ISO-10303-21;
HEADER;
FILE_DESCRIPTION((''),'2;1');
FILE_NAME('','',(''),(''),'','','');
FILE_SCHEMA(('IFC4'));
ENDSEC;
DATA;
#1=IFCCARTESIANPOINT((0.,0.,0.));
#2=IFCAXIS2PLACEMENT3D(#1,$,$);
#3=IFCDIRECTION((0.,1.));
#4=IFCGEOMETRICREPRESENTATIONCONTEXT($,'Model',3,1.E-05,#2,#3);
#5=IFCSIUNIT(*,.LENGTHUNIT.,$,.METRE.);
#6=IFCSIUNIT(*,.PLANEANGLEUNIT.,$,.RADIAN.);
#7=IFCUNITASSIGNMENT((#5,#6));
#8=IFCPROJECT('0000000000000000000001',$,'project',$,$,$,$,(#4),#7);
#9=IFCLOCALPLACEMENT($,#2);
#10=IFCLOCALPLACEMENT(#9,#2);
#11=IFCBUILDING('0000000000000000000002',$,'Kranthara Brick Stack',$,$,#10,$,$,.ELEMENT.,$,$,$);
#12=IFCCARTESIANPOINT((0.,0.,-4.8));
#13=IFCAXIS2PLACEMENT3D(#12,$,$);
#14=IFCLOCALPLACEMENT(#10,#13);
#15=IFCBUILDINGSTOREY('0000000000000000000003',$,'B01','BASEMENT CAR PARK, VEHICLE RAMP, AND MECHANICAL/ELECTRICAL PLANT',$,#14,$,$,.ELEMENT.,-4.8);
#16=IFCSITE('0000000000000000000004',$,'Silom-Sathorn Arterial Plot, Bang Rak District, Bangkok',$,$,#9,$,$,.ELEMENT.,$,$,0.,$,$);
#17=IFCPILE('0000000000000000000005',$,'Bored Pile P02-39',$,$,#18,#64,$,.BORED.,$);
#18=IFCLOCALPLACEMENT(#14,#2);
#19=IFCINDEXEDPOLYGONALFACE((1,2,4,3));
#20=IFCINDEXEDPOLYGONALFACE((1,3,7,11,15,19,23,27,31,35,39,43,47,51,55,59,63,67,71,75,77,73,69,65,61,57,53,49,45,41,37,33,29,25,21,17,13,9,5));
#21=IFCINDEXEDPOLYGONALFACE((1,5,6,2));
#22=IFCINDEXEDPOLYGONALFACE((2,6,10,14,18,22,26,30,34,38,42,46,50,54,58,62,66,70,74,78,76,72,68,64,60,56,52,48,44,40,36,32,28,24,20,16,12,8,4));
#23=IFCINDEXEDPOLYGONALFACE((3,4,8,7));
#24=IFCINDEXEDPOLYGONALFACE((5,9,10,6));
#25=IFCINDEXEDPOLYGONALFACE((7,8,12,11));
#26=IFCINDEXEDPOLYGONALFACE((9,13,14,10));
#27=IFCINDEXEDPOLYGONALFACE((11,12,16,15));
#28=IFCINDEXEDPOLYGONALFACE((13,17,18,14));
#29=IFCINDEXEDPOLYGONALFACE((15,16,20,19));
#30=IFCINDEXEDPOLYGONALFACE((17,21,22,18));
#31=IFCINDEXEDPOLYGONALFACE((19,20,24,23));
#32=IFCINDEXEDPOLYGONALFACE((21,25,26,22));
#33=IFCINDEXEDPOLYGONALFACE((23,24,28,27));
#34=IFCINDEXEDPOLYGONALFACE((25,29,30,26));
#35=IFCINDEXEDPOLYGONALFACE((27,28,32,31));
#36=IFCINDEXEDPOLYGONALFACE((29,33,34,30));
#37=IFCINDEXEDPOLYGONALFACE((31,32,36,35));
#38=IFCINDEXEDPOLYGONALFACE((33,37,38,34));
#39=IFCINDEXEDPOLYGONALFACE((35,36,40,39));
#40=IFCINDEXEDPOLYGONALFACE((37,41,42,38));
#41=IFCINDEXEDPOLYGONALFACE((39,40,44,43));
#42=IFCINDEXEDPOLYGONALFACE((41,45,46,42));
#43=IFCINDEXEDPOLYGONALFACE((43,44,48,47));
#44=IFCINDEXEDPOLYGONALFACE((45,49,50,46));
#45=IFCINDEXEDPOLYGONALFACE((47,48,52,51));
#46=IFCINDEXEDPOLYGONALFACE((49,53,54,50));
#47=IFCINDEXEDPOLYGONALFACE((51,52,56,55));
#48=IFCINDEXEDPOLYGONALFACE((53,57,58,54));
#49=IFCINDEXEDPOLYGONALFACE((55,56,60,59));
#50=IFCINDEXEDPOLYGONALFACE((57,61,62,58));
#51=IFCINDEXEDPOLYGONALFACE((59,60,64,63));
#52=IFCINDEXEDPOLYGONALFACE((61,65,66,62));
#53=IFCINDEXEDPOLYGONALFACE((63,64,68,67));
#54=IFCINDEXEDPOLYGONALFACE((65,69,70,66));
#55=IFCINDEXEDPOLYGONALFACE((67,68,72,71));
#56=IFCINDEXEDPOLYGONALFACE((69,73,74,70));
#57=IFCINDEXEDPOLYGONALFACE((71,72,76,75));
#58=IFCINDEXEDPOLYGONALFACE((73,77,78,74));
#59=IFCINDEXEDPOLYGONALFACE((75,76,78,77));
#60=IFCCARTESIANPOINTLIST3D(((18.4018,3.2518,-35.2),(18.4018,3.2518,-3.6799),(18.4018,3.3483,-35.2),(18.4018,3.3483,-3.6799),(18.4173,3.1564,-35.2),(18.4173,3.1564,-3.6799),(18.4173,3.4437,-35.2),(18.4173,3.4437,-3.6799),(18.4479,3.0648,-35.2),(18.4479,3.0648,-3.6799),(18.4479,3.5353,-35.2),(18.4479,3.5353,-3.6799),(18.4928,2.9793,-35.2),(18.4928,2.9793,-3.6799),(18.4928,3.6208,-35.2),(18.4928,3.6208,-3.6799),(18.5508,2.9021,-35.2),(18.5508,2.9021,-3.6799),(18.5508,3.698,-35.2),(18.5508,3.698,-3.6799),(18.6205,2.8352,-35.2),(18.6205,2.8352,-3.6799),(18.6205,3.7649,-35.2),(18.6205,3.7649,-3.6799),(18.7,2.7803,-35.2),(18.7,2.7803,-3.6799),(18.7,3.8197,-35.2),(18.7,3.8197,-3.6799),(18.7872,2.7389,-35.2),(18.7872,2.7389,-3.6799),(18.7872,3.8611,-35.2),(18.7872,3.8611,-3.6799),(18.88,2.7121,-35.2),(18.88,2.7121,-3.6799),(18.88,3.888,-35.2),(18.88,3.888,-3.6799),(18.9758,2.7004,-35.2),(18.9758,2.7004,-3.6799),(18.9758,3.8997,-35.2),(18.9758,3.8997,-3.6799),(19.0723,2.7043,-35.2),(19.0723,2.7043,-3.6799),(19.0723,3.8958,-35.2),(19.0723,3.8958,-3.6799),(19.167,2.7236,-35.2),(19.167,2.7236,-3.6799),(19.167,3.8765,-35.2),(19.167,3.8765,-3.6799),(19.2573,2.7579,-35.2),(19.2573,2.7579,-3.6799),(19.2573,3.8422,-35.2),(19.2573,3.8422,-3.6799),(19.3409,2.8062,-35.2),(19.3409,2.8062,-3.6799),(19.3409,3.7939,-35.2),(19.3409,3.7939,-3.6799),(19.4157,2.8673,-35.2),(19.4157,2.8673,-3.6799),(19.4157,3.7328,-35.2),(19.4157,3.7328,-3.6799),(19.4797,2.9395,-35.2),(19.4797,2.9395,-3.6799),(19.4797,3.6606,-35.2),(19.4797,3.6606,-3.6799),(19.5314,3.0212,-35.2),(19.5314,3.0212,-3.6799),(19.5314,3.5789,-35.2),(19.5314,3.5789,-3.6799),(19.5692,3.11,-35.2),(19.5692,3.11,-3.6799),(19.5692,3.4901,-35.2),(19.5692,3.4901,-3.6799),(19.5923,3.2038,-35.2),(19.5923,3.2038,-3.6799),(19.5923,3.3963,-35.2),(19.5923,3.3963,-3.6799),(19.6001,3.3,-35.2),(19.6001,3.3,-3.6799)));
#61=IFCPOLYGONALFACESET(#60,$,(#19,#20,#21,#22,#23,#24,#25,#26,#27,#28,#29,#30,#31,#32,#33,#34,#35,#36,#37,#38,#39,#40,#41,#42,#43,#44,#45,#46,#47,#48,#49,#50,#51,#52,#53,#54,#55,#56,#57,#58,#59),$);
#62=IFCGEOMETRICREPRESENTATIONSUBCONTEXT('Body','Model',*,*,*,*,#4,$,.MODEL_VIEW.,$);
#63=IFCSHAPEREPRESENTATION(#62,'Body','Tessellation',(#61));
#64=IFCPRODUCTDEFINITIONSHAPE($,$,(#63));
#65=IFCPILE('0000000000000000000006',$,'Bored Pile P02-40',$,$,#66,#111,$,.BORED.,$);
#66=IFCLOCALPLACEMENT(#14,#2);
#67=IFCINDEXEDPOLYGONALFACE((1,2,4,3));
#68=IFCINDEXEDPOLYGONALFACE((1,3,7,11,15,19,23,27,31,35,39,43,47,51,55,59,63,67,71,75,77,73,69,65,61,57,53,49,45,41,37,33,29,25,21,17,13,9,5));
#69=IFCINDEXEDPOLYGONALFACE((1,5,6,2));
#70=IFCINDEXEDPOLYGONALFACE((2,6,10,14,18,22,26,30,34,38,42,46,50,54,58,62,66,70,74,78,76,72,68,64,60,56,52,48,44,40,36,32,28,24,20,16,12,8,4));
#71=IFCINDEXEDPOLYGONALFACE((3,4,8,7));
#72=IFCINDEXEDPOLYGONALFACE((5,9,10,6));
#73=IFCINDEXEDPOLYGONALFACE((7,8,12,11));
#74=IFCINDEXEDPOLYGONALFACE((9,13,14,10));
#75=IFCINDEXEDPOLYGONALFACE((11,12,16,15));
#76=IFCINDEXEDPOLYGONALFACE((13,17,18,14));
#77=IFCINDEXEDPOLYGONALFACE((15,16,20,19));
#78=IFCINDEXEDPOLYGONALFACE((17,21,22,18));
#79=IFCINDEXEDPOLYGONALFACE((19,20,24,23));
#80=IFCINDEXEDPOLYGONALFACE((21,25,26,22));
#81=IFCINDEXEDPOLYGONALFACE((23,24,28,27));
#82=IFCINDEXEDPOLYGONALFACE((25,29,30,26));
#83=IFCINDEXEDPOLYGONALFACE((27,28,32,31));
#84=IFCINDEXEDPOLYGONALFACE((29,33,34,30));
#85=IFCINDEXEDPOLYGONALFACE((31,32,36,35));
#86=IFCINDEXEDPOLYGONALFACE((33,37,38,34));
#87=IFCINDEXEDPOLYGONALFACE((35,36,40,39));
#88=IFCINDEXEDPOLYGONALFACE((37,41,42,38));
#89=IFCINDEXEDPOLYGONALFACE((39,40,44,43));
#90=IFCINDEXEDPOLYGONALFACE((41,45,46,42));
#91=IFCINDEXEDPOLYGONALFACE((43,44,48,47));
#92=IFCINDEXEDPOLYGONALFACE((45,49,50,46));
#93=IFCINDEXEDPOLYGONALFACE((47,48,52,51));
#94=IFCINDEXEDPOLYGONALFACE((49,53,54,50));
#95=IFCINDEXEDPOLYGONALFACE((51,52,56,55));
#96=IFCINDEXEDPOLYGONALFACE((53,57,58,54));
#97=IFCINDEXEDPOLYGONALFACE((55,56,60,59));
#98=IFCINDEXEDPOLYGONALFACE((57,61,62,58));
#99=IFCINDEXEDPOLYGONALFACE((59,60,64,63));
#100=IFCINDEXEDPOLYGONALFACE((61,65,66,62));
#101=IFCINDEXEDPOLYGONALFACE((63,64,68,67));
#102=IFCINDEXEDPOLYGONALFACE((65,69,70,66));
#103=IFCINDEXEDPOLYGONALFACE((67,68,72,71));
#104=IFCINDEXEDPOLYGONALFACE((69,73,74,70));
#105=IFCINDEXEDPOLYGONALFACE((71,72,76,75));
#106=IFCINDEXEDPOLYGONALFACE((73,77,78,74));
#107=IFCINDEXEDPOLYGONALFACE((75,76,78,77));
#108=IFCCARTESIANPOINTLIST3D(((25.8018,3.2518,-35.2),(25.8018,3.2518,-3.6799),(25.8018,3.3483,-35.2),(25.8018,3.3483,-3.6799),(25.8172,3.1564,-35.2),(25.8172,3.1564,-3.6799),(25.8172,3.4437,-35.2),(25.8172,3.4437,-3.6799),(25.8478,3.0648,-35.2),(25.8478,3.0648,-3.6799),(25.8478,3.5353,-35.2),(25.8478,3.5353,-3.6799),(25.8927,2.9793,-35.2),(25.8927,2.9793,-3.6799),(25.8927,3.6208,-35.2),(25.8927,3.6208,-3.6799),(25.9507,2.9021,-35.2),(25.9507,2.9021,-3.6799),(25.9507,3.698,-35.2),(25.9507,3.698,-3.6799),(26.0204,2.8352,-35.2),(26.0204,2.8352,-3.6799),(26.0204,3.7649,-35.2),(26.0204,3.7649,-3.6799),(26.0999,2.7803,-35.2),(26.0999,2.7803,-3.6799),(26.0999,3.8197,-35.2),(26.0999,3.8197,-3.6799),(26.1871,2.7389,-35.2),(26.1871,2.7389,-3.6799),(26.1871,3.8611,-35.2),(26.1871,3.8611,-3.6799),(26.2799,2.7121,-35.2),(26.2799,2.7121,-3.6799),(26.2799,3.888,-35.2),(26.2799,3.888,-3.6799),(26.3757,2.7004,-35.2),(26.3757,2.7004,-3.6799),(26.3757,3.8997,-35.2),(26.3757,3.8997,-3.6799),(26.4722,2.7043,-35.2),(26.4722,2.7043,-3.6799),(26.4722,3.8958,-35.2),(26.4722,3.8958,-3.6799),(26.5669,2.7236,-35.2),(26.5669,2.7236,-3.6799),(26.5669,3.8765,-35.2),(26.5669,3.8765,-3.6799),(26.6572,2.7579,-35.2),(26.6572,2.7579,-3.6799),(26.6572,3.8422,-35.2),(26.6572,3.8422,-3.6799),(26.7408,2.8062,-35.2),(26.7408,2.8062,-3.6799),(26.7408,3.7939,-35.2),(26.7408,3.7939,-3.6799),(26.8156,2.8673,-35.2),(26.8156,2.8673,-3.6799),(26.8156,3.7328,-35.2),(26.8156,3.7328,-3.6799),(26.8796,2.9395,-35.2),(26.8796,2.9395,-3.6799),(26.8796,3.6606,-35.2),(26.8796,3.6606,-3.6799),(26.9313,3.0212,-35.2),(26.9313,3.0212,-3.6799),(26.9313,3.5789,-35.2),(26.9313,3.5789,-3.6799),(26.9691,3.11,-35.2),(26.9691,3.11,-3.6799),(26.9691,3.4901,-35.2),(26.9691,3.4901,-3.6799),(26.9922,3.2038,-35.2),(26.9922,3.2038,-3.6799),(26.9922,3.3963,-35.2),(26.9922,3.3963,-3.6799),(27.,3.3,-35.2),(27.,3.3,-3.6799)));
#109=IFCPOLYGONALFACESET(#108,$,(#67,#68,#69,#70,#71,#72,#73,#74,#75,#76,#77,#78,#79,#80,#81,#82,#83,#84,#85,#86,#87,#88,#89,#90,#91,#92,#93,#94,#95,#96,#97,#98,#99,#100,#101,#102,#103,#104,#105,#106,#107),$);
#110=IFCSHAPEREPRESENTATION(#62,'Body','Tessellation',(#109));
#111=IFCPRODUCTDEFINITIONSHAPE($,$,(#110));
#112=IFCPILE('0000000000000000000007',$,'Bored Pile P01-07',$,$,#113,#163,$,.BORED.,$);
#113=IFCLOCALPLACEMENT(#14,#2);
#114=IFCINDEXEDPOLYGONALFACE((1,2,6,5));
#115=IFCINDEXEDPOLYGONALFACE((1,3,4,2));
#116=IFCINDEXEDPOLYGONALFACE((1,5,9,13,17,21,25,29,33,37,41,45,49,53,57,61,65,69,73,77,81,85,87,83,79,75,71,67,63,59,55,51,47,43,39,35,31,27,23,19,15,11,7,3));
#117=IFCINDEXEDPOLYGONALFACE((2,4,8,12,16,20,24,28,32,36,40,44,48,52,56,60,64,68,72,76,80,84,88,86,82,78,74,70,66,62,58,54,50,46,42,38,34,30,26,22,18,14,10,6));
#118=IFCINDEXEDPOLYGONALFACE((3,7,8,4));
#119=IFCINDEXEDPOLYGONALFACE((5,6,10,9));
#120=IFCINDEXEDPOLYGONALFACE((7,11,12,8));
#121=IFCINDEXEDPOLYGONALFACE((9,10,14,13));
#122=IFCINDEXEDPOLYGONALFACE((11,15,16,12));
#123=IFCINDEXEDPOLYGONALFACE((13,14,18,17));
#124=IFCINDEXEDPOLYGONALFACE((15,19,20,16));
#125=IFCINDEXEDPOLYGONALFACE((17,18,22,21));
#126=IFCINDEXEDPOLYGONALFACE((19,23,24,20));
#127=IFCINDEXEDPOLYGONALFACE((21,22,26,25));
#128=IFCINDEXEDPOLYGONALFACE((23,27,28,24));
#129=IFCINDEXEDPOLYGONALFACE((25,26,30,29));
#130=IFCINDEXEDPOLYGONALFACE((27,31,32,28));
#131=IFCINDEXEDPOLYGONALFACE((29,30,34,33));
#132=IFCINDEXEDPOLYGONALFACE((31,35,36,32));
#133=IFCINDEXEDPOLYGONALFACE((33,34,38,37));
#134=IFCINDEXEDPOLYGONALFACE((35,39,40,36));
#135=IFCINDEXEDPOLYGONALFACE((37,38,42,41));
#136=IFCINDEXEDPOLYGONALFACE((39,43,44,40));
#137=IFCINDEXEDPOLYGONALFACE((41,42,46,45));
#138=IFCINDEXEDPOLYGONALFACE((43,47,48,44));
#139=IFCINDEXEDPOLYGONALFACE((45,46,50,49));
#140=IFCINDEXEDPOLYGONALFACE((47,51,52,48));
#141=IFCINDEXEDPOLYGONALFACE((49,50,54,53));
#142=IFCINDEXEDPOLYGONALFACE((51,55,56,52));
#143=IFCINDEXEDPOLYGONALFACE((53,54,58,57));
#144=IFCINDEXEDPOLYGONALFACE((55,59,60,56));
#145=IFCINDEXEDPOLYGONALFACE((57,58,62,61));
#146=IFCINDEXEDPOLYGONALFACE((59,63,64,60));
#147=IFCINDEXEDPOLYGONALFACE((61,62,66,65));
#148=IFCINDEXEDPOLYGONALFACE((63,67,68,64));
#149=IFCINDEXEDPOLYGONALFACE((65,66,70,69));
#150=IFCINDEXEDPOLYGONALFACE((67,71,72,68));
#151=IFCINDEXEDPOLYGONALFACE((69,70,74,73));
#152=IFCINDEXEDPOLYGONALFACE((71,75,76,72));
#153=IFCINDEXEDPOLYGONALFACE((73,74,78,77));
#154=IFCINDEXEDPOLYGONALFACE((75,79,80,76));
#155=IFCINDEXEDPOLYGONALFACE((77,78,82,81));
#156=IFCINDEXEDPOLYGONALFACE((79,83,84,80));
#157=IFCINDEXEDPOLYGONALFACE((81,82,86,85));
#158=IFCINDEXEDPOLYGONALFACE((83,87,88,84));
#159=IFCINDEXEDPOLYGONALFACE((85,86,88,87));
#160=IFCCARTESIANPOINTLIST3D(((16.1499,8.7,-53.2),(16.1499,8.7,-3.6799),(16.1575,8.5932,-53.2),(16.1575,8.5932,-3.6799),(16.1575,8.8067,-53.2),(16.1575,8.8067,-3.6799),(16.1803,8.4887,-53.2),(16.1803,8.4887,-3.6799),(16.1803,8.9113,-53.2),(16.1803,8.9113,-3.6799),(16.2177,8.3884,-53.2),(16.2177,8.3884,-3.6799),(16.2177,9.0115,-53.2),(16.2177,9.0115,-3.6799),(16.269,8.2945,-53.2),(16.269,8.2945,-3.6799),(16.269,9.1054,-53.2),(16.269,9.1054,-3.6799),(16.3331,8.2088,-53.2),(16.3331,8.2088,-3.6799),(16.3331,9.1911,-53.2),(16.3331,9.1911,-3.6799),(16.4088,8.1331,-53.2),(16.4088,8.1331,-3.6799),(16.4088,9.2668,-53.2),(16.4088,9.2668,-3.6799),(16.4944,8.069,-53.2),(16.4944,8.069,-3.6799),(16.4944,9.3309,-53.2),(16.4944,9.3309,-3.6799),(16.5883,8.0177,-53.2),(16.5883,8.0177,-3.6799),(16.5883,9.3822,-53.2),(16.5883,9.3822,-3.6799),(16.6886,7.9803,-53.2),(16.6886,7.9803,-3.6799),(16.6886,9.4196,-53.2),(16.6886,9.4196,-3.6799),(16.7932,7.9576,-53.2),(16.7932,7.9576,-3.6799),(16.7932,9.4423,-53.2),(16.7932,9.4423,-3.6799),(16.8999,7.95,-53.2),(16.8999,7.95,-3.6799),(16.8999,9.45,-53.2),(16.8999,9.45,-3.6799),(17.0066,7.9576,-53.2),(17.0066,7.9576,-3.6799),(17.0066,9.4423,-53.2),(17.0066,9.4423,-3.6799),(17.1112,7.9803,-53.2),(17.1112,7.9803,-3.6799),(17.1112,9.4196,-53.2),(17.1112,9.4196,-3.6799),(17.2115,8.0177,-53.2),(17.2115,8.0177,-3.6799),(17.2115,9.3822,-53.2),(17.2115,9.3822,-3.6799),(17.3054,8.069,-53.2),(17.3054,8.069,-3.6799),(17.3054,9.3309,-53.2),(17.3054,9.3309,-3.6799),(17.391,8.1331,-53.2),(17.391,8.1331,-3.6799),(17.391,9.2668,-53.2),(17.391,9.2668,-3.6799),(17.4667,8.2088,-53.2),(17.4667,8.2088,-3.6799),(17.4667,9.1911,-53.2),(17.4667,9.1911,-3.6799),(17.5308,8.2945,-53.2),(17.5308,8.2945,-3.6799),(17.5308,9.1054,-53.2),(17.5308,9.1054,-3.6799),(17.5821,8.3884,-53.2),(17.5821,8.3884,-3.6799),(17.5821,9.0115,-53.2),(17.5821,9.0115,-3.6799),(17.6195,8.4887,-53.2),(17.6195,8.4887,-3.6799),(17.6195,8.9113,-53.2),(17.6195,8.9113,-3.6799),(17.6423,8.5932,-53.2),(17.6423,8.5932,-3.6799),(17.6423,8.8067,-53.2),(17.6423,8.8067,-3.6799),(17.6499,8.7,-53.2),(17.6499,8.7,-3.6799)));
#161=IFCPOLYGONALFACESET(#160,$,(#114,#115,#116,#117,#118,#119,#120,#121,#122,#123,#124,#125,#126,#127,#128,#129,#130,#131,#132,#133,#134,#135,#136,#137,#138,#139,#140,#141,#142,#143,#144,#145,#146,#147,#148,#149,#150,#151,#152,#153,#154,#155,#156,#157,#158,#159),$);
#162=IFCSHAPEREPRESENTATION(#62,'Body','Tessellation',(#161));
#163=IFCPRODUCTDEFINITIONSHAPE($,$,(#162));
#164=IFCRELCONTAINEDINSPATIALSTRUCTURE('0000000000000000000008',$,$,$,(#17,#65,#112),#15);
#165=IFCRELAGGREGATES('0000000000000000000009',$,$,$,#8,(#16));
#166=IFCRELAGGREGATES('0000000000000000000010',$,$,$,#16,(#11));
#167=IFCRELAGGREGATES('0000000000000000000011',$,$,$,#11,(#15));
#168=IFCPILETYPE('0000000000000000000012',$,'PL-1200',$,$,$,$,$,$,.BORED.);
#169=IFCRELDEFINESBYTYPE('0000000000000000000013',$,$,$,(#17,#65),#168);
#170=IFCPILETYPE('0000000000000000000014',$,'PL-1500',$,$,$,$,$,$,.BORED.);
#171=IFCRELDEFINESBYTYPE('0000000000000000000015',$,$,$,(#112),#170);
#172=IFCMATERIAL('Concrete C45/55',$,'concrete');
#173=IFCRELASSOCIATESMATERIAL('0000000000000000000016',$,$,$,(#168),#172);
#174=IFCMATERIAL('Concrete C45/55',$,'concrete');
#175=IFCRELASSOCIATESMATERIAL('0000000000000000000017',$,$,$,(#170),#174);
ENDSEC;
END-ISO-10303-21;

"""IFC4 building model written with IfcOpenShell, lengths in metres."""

from ifc_helpers import new_model, si_unit, direction, frame, origin, origin_2d, place, context, subcontext, project, spatial, circle, extrude, material, material_profile, profile_set, type_object, element, save


model = new_model("IFC4")

# Units and contexts
model_context = context("Model", 3, precision=1e-05, world=origin(), true_north=direction((0.0, 1.0)))
body_context = subcontext(model_context, "Body", "Model", "MODEL_VIEW")
ifc_project = project(units=[si_unit("LENGTHUNIT", "METRE"), si_unit("PLANEANGLEUNIT", "RADIAN")], contexts=[model_context])

# Site, building, storey
site_placement = place(None, origin())
site = spatial("IfcSite", under=ifc_project, at=site_placement, Name="Silom-Sathorn Arterial Plot, Bang Rak District, Bangkok", CompositionType="ELEMENT", RefElevation=0.0)
building_placement = place(site_placement, origin())
building = spatial("IfcBuilding", under=site, at=building_placement, Name="Kranthara Brick Stack", CompositionType="ELEMENT")
storey_placement = place(building_placement, frame((0.0, 0.0, -4.8)))
storey = spatial("IfcBuildingStorey", under=building, at=storey_placement, Name="B01", Description="BASEMENT CAR PARK, VEHICLE RAMP, AND MECHANICAL/ELECTRICAL PLANT", CompositionType="ELEMENT", Elevation=-4.8)

# Piles
ifc_material_1 = material(Name="Concrete C45/55", Category="concrete")
ifc_material_profile_1 = material_profile(ifc_material_1, circle(Radius=0.6001, at=origin_2d()), Name="BORED PILE 1200")
ifc_profile_set_1 = profile_set([ifc_material_profile_1], Name="Concrete C45/55")
pile_type_1 = type_object("IfcPileType", Name="PL-1200", PredefinedType="BORED", material=ifc_profile_set_1)
for number, where, z_axis, x_axis, name in (
    (1, (19.0, 3.3, -3.6799), (0.0, 0.0, -1.0), (1.0, 0.0, 0.0), "Bored Pile P02-39"),
    (2, (26.3999, 3.3, -3.6799), (0.0, 0.0, -1.0), (1.0, 0.0, 0.0), "Bored Pile P02-40"),
):
    element("IfcPile", number, at=place(storey_placement, frame(where, z_axis=z_axis, x_axis=x_axis)), inside=storey, type_object=pile_type_1, Name=name, PredefinedType="BORED", context=body_context, shape_type="SweptSolid", body=[
        extrude(circle(Radius=0.6001, at=origin_2d()), origin(), (0.0, 0.0, 1.0), 31.52),
    ])
ifc_material_2 = material(Name="Concrete C45/55", Category="concrete")
ifc_material_profile_2 = material_profile(ifc_material_2, circle(Radius=0.75, at=origin_2d()), Name="BORED PILE 1500")
ifc_profile_set_2 = profile_set([ifc_material_profile_2], Name="Concrete C45/55")
pile_type_2 = type_object("IfcPileType", Name="PL-1500", PredefinedType="BORED", material=ifc_profile_set_2)
for number, where, z_axis, x_axis, name in (
    (3, (16.8999, 8.7, -3.6799), (0.0, 0.0, -1.0), (1.0, 0.0, 0.0), "Bored Pile P01-07"),
):
    element("IfcPile", number, at=place(storey_placement, frame(where, z_axis=z_axis, x_axis=x_axis)), inside=storey, type_object=pile_type_2, Name=name, PredefinedType="BORED", context=body_context, shape_type="SweptSolid", body=[
        extrude(circle(Radius=0.75, at=origin_2d()), origin(), (0.0, 0.0, 1.0), 49.52),
    ])

save(model, "model.ifc")
